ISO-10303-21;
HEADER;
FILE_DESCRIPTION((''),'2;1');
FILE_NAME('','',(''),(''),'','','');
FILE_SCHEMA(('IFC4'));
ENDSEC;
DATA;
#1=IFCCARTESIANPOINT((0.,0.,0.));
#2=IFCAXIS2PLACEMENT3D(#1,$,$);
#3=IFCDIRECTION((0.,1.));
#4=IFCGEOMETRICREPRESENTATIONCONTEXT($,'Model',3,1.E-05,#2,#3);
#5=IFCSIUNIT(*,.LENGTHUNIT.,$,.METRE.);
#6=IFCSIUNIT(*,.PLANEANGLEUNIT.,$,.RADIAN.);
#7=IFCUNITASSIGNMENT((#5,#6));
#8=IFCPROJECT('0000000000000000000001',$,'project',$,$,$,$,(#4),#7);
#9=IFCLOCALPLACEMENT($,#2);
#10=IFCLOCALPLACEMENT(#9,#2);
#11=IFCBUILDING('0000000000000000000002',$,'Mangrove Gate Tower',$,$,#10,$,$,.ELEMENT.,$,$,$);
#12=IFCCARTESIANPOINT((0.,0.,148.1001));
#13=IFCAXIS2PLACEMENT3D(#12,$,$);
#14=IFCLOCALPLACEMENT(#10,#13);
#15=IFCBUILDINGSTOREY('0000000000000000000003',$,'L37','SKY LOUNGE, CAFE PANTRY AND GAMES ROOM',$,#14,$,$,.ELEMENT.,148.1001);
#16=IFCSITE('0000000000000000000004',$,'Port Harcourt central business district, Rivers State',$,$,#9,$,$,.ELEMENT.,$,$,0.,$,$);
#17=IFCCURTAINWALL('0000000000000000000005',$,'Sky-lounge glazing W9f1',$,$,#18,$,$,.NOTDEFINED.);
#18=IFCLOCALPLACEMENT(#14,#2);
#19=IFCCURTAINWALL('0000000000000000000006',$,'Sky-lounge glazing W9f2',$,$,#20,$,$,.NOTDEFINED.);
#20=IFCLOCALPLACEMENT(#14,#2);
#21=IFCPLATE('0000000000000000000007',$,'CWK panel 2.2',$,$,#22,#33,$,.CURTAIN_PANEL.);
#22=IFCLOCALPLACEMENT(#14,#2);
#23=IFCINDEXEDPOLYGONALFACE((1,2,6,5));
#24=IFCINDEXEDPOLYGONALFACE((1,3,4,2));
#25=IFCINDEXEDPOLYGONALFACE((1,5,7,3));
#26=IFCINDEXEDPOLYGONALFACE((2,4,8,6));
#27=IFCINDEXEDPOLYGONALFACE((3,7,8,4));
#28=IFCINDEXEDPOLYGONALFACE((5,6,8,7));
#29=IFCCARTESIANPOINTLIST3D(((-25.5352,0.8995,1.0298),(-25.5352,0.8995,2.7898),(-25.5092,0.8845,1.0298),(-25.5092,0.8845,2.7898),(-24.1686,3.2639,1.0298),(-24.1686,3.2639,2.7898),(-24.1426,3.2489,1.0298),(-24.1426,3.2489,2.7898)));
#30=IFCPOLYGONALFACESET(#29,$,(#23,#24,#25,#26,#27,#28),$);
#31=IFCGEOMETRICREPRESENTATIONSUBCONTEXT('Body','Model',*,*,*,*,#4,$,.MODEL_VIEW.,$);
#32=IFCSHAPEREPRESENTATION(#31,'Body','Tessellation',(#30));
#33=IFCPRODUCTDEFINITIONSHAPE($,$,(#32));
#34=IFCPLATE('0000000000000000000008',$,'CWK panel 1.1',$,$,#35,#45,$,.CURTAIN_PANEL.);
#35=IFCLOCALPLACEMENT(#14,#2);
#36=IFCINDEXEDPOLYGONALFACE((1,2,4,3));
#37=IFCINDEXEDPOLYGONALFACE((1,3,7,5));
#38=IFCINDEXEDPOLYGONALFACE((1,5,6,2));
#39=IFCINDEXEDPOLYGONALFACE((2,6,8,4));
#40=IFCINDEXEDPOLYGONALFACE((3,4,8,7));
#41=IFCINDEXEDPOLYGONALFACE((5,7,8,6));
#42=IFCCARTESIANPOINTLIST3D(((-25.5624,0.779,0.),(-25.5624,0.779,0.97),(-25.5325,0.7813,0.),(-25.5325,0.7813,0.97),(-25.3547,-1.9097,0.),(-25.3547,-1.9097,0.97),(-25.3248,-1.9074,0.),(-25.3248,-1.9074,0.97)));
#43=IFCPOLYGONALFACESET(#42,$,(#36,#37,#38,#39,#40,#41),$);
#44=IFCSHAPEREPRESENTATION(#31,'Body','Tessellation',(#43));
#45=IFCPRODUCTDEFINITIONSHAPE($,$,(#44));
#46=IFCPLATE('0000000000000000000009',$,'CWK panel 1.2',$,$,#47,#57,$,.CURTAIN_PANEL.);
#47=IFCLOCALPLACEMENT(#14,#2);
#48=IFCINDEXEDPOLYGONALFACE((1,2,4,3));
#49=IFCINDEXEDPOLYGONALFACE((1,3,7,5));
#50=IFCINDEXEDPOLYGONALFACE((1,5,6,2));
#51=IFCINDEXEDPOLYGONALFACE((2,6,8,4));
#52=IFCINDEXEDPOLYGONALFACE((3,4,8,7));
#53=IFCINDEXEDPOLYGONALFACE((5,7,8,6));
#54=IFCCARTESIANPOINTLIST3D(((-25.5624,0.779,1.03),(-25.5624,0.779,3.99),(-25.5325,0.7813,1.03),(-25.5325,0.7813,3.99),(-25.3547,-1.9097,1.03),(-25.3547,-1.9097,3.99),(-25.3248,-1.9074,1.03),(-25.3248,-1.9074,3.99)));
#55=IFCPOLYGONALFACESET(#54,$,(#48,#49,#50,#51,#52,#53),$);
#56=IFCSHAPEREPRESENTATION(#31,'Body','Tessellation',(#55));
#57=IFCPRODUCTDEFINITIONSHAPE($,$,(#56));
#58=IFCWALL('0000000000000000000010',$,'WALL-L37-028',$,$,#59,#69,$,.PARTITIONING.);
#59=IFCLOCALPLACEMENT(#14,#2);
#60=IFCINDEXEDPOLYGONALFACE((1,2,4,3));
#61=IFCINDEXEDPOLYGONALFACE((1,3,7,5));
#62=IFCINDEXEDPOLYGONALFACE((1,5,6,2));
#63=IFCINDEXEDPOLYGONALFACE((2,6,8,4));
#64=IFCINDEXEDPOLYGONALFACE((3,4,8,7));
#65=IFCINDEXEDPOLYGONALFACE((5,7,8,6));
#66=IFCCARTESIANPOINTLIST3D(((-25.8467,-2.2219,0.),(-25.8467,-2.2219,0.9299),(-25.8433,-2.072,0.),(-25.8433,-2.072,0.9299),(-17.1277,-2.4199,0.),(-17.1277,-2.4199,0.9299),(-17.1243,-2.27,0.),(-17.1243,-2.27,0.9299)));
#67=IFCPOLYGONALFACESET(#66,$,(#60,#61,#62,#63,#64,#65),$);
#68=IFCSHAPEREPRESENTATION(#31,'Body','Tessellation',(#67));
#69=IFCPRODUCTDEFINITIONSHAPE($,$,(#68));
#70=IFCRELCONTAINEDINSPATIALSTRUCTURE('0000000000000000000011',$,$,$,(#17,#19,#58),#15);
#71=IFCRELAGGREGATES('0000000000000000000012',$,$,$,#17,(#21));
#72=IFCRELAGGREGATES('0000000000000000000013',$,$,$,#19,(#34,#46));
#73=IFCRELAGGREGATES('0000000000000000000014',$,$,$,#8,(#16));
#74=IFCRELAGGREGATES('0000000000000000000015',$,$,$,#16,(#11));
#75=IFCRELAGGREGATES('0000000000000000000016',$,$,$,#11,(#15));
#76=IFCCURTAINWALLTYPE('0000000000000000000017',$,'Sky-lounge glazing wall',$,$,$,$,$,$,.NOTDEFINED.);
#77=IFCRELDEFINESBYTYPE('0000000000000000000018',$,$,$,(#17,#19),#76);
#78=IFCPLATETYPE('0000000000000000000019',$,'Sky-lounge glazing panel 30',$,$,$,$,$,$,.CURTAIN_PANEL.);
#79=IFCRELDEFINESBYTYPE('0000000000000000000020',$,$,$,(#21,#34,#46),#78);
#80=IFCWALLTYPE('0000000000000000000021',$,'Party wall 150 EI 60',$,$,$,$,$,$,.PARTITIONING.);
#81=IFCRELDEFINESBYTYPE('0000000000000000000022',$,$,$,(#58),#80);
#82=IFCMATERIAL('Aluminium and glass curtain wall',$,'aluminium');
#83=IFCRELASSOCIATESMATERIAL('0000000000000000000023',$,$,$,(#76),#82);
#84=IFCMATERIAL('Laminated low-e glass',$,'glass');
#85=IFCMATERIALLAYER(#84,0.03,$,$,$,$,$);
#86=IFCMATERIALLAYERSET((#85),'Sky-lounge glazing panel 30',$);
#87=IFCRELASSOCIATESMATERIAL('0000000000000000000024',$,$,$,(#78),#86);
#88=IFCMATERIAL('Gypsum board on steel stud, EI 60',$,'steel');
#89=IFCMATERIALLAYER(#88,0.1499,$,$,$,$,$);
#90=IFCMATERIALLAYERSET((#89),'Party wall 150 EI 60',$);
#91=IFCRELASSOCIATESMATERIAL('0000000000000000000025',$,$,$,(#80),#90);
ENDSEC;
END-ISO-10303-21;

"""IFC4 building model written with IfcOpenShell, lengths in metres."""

from ifc_helpers import new_model, si_unit, direction, frame, frame_2d, origin, origin_2d, place, context, subcontext, project, spatial, rectangle, extrude, material, layer, layer_set, type_object, element, aggregate, save


model = new_model("IFC4")

# Units and contexts
model_context = context("Model", 3, precision=1e-05, world=origin(), true_north=direction((0.0, 1.0)))
body_context = subcontext(model_context, "Body", "Model", "MODEL_VIEW")
ifc_project = project(units=[si_unit("LENGTHUNIT", "METRE"), si_unit("PLANEANGLEUNIT", "RADIAN")], contexts=[model_context])

# Site, building, storey
site_placement = place(None, origin())
site = spatial("IfcSite", under=ifc_project, at=site_placement, Name="Port Harcourt central business district, Rivers State", CompositionType="ELEMENT", RefElevation=0.0)
building_placement = place(site_placement, origin())
building = spatial("IfcBuilding", under=site, at=building_placement, Name="Mangrove Gate Tower", CompositionType="ELEMENT")
storey_placement = place(building_placement, frame((0.0, 0.0, 148.1001)))
storey = spatial("IfcBuildingStorey", under=building, at=storey_placement, Name="L37", Description="SKY LOUNGE, CAFE PANTRY AND GAMES ROOM", CompositionType="ELEMENT", Elevation=148.1001)

# Curtain walls
ifc_material_1 = material(Name="Aluminium and glass curtain wall", Category="aluminium")
curtain_wall_type = type_object("IfcCurtainWallType", Name="Sky-lounge glazing wall", PredefinedType="NOTDEFINED", material=ifc_material_1)
curtain_wall_1_placement = place(storey_placement, origin())
curtain_wall_1 = element("IfcCurtainWall", 1, at=curtain_wall_1_placement, inside=storey, type_object=curtain_wall_type, Name="Sky-lounge glazing W9f1", PredefinedType="NOTDEFINED")
curtain_wall_2_placement = place(storey_placement, origin())
curtain_wall_2 = element("IfcCurtainWall", 2, at=curtain_wall_2_placement, inside=storey, type_object=curtain_wall_type, Name="Sky-lounge glazing W9f2", PredefinedType="NOTDEFINED")

# Plates
ifc_material_2 = material(Name="Laminated low-e glass", Category="glass")
ifc_layer_1 = layer(ifc_material_2, 0.03)
ifc_layer_set_1 = layer_set([ifc_layer_1], Name="Sky-lounge glazing panel 30")
plate_type = type_object("IfcPlateType", Name="Sky-lounge glazing panel 30", PredefinedType="CURTAIN_PANEL", material=ifc_layer_set_1)
plate_1_placement = place(storey_placement, frame((-24.8389, 2.0742, 1.0298), z_axis=(0.0, 0.0, 1.0), x_axis=(-0.500418, -0.865784, 0.0)))
plate_1 = element("IfcPlate", 3, at=plate_1_placement, type_object=plate_type, Name="CWK panel 2.2", PredefinedType="CURTAIN_PANEL", context=body_context, shape_type="SweptSolid", body=[
    extrude(rectangle(XDim=2.731, YDim=0.03, at=origin_2d()), origin(), (0.0, 0.0, 1.0), 1.76),
])
aggregate(curtain_wall_1, [plate_1])
plate_2_placement = place(storey_placement, frame((-25.4436, -0.5642, 0.0), z_axis=(0.0, 0.0, 1.0), x_axis=(0.077023, -0.997029, 0.0)))
plate_2 = element("IfcPlate", 4, at=plate_2_placement, type_object=plate_type, Name="CWK panel 1.1", PredefinedType="CURTAIN_PANEL", context=body_context, shape_type="SweptSolid", body=[
    extrude(rectangle(XDim=2.6968, YDim=0.03, at=origin_2d()), origin(), (0.0, 0.0, 1.0), 0.97),
])
plate_3_placement = place(storey_placement, frame((-25.4436, -0.5642, 1.03), z_axis=(0.0, 0.0, 1.0), x_axis=(0.077023, -0.997029, 0.0)))
plate_3 = element("IfcPlate", 5, at=plate_3_placement, type_object=plate_type, Name="CWK panel 1.2", PredefinedType="CURTAIN_PANEL", context=body_context, shape_type="SweptSolid", body=[
    extrude(rectangle(XDim=2.6968, YDim=0.03, at=origin_2d()), origin(), (0.0, 0.0, 1.0), 2.96),
])
aggregate(curtain_wall_2, [plate_2, plate_3])

# Wall
ifc_material_3 = material(Name="Gypsum board on steel stud, EI 60", Category="steel")
ifc_layer_2 = layer(ifc_material_3, 0.1499)
ifc_layer_set_2 = layer_set([ifc_layer_2], Name="Party wall 150 EI 60")
wall_type = type_object("IfcWallType", Name="Party wall 150 EI 60", PredefinedType="PARTITIONING", material=ifc_layer_set_2)
wall_placement = place(storey_placement, frame((-25.845, -2.147, 0.0), z_axis=(0.0, 0.0, 1.0), x_axis=(0.999742, -0.022703, 0.0)))
element("IfcWall", 6, at=wall_placement, inside=storey, type_object=wall_type, Name="WALL-L37-028", PredefinedType="PARTITIONING", context=body_context, shape_type="SweptSolid", body=[
    extrude(rectangle(XDim=8.7212, YDim=0.1499, at=frame_2d((4.3606, 0.0))), origin(), (0.0, 0.0, 1.0), 0.9299),
])

save(model, "model.ifc")
